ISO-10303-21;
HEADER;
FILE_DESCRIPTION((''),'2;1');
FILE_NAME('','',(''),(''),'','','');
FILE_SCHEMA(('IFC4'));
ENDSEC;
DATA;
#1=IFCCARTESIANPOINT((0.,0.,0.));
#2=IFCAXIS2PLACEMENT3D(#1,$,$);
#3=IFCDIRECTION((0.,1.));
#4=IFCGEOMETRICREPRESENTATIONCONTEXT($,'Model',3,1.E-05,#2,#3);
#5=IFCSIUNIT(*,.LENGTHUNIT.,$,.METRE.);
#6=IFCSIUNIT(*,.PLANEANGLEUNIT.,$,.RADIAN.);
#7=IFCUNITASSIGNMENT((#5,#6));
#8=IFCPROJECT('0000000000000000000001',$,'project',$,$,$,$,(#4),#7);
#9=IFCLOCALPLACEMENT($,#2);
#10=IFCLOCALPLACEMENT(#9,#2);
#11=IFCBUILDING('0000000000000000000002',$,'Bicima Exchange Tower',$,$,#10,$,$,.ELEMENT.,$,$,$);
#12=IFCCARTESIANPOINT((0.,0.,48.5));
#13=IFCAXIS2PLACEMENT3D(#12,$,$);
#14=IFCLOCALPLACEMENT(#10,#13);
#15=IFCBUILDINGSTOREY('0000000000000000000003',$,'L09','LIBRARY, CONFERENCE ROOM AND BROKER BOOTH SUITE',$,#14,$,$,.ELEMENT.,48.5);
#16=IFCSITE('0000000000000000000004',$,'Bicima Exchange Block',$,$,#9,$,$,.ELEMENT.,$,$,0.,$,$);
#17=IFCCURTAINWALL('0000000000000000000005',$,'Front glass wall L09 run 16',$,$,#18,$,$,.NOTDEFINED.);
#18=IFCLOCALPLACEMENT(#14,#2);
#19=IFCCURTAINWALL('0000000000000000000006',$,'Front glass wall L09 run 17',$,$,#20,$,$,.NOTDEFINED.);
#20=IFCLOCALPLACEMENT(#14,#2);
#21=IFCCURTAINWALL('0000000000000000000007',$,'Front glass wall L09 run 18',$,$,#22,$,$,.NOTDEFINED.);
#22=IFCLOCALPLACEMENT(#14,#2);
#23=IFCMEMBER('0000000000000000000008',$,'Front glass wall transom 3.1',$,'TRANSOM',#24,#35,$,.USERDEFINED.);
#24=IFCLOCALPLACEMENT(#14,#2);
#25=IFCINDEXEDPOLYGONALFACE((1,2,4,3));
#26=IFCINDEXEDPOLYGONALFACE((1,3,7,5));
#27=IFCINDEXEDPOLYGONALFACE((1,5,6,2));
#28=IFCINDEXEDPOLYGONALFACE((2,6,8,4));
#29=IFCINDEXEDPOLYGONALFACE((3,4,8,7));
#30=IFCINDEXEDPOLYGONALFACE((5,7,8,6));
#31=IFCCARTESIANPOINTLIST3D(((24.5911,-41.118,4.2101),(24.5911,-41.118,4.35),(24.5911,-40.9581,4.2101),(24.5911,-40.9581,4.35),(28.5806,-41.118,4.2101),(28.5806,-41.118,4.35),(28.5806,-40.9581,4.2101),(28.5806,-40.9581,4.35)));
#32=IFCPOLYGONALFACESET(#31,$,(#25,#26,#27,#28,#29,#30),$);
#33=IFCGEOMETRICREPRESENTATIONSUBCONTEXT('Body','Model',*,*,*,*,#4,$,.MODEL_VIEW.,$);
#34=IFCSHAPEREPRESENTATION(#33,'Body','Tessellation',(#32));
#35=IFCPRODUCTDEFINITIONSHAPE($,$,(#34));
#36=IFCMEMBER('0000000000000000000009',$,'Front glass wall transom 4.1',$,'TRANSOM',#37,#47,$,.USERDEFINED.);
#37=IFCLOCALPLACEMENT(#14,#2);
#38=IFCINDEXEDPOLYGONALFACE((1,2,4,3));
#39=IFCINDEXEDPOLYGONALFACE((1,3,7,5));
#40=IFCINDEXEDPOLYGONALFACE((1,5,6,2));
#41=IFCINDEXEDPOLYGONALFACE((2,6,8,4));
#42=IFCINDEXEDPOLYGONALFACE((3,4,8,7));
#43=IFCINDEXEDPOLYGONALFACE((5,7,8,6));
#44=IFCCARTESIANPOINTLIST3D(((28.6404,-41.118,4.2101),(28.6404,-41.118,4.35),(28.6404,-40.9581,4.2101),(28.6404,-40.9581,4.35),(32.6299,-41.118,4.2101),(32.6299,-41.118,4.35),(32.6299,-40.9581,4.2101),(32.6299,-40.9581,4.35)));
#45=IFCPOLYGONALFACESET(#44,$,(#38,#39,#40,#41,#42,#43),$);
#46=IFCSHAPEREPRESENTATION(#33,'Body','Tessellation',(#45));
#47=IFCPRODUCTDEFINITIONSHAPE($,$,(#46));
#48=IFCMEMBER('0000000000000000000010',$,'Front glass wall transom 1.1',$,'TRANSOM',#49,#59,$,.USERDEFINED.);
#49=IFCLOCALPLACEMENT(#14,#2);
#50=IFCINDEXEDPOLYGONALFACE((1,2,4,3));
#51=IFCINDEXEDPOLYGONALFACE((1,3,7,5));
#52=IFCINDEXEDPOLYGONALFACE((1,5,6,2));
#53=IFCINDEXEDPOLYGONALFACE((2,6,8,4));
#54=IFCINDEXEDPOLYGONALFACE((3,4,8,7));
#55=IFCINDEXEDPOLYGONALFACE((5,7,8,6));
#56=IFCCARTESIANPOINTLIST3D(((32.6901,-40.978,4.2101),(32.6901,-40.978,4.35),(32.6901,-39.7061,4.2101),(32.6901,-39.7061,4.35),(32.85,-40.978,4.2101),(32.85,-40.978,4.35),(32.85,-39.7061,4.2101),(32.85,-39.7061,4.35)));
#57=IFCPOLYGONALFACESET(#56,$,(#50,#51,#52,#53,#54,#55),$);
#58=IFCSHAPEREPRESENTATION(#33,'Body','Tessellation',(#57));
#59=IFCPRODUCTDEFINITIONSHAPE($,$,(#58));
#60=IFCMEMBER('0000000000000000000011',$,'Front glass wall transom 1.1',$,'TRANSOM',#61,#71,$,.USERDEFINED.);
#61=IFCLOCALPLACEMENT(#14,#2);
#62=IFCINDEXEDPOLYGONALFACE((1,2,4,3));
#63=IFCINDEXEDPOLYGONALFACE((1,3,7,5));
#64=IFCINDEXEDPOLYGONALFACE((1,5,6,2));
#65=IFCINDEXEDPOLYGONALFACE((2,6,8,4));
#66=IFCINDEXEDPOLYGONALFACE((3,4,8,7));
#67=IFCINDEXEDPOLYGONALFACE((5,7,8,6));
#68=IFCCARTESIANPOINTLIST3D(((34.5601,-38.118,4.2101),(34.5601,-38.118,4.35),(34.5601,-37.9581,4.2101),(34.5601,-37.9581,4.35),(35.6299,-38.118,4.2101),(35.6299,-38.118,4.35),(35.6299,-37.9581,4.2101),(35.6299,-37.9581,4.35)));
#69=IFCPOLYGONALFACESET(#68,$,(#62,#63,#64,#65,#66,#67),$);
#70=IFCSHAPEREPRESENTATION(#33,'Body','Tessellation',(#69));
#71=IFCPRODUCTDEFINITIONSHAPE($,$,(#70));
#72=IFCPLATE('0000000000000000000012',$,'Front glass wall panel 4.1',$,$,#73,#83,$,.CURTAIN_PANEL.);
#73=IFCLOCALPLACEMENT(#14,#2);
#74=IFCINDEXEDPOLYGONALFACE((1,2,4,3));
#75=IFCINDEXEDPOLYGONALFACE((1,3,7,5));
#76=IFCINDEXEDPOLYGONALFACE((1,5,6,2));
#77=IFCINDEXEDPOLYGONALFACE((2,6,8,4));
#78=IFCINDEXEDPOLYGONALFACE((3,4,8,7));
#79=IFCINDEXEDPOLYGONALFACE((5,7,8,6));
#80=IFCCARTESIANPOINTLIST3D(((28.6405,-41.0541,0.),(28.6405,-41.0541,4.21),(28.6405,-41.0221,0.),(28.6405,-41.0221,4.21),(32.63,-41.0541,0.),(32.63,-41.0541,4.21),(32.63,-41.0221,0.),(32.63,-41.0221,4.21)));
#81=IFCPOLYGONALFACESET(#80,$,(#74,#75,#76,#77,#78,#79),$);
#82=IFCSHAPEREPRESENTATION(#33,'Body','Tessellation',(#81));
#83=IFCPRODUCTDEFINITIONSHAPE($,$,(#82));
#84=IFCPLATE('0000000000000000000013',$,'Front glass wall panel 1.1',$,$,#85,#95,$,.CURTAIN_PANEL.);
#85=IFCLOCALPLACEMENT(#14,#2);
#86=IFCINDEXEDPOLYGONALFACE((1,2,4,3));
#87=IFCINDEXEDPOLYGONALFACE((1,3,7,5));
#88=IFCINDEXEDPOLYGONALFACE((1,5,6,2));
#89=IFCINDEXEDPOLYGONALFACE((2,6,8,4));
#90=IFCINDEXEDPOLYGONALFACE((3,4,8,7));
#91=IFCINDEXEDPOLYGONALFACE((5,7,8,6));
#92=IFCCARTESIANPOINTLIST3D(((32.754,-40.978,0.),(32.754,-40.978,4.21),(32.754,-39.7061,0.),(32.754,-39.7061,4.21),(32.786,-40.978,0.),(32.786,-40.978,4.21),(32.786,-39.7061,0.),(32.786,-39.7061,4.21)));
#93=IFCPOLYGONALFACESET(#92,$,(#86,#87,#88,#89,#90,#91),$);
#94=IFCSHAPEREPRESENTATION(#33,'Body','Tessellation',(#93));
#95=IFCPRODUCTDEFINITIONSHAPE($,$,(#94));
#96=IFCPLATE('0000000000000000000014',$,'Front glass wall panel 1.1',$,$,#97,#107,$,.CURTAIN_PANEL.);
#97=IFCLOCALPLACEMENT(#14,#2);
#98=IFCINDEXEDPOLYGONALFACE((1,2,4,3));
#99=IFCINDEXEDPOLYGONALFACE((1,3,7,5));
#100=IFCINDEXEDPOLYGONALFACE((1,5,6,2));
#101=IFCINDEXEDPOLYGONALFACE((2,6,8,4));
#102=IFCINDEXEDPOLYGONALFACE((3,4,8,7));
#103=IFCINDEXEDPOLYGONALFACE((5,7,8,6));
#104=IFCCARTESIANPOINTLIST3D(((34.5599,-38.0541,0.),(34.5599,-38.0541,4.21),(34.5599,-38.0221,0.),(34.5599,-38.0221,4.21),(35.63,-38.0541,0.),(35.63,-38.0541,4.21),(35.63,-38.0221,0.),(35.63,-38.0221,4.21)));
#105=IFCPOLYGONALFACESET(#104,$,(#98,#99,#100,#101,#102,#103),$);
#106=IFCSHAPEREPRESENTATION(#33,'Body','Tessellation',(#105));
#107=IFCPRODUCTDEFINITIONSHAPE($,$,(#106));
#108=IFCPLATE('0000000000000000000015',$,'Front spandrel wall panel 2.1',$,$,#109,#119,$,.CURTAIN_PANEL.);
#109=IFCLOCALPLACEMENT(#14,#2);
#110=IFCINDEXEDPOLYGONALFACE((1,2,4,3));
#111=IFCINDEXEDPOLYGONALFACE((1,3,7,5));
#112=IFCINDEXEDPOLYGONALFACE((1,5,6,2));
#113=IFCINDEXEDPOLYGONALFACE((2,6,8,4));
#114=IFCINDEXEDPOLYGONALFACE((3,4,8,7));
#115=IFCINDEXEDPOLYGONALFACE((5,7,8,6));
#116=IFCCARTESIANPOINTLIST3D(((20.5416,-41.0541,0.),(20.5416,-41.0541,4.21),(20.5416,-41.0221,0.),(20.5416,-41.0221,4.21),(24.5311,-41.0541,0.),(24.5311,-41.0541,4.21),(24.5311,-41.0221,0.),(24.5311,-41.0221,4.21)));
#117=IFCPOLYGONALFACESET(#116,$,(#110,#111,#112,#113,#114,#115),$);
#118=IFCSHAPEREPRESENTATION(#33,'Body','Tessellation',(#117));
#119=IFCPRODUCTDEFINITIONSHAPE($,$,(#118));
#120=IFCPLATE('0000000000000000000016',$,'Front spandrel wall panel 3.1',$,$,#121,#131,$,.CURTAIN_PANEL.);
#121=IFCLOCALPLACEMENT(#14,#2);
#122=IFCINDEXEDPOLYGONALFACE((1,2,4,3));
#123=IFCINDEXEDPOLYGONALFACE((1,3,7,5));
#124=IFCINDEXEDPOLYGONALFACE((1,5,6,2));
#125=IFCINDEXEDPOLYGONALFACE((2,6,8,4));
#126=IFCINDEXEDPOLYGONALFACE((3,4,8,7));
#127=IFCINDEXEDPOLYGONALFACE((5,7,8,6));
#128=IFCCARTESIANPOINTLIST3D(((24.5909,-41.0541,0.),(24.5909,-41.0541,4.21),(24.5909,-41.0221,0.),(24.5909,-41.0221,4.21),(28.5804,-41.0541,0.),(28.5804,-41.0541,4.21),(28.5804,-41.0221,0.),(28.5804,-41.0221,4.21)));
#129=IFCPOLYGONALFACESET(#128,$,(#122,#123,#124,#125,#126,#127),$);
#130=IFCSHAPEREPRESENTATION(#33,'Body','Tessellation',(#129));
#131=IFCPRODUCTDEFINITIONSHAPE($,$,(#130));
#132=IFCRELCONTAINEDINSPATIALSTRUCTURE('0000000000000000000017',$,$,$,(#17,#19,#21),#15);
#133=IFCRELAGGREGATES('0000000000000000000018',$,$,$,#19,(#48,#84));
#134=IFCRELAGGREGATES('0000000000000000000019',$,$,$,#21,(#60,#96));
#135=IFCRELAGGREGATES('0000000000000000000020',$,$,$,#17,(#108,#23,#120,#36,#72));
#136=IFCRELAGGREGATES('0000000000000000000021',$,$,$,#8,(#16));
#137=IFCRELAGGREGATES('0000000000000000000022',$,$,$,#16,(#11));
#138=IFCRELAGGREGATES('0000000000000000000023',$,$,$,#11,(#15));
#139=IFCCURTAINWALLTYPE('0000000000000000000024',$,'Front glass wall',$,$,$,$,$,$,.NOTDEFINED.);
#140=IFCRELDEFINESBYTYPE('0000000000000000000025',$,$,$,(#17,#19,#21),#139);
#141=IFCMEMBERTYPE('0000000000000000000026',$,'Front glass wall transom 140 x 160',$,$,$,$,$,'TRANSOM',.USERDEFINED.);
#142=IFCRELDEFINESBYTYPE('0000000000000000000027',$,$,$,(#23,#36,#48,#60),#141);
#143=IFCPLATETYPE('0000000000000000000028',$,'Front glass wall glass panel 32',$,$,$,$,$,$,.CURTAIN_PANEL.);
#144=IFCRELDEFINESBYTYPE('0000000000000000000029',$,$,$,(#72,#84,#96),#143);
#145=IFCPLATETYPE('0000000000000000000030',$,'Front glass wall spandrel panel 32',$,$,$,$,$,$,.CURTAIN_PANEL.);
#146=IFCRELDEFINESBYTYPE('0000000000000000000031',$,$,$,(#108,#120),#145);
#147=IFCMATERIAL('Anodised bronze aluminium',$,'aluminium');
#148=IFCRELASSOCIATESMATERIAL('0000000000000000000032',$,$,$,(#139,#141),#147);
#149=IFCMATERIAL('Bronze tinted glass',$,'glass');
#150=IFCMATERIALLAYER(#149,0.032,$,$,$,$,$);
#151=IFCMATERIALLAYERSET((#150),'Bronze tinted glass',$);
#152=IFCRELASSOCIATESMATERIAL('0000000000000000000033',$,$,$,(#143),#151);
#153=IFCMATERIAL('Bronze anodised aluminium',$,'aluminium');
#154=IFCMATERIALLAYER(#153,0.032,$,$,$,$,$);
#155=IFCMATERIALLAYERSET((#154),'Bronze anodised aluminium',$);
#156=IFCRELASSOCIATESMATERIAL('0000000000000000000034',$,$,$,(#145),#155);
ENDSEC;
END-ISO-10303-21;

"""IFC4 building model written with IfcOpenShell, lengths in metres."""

from ifc_helpers import new_model, si_unit, direction, frame, origin, origin_2d, place, context, subcontext, project, spatial, rectangle, extrude, material, layer, layer_set, material_profile, profile_set, type_object, element, aggregate, save


model = new_model("IFC4")

# Units and contexts
model_context = context("Model", 3, precision=1e-05, world=origin(), true_north=direction((0.0, 1.0)))
body_context = subcontext(model_context, "Body", "Model", "MODEL_VIEW")
ifc_project = project(units=[si_unit("LENGTHUNIT", "METRE"), si_unit("PLANEANGLEUNIT", "RADIAN")], contexts=[model_context])

# Site, building, storey
site_placement = place(None, origin())
site = spatial("IfcSite", under=ifc_project, at=site_placement, Name="Bicima Exchange Block", CompositionType="ELEMENT", RefElevation=0.0)
building_placement = place(site_placement, origin())
building = spatial("IfcBuilding", under=site, at=building_placement, Name="Bicima Exchange Tower", CompositionType="ELEMENT")
storey_placement = place(building_placement, frame((0.0, 0.0, 48.5)))
storey = spatial("IfcBuildingStorey", under=building, at=storey_placement, Name="L09", Description="LIBRARY, CONFERENCE ROOM AND BROKER BOOTH SUITE", CompositionType="ELEMENT", Elevation=48.5)

# Shared definitions
ifc_material_1 = material(Name="Anodised bronze aluminium", Category="aluminium")
ifc_material_profile_1 = material_profile(ifc_material_1, rectangle(XDim=0.1599, YDim=0.1399, at=origin_2d()))
ifc_profile_set_1 = profile_set([ifc_material_profile_1], Name="Anodised bronze aluminium")

# Curtain walls
curtain_wall_type_1 = type_object("IfcCurtainWallType", Name="Front glass wall", PredefinedType="NOTDEFINED", material=ifc_material_1)
curtain_wall_1_placement = place(storey_placement, origin())
curtain_wall_1 = element("IfcCurtainWall", 1, at=curtain_wall_1_placement, inside=storey, type_object=curtain_wall_type_1, Name="Front glass wall L09 run 16", PredefinedType="NOTDEFINED")
curtain_wall_2_placement = place(storey_placement, origin())
curtain_wall_2 = element("IfcCurtainWall", 2, at=curtain_wall_2_placement, inside=storey, type_object=curtain_wall_type_1, Name="Front glass wall L09 run 17", PredefinedType="NOTDEFINED")
curtain_wall_3_placement = place(storey_placement, origin())
curtain_wall_3 = element("IfcCurtainWall", 3, at=curtain_wall_3_placement, inside=storey, type_object=curtain_wall_type_1, Name="Front glass wall L09 run 18", PredefinedType="NOTDEFINED")

# Members
member_type_1 = type_object("IfcMemberType", Name="Front glass wall transom 140 x 160", ElementType="TRANSOM", PredefinedType="USERDEFINED", material=ifc_profile_set_1)
member_1_placement = place(storey_placement, frame((24.5911, -41.0381, 4.28), z_axis=(1.0, 0.0, 0.0), x_axis=(0.0, 1.0, 0.0)))
member_1 = element("IfcMember", 4, at=member_1_placement, type_object=member_type_1, Name="Front glass wall transom 3.1", ObjectType="TRANSOM", PredefinedType="USERDEFINED", context=body_context, shape_type="SweptSolid", body=[
    extrude(rectangle(XDim=0.1599, YDim=0.1399, at=origin_2d()), origin(), (0.0, 0.0, 1.0), 3.9895),
])
member_2_placement = place(storey_placement, frame((28.6404, -41.0381, 4.28), z_axis=(1.0, 0.0, 0.0), x_axis=(0.0, 1.0, 0.0)))
member_2 = element("IfcMember", 5, at=member_2_placement, type_object=member_type_1, Name="Front glass wall transom 4.1", ObjectType="TRANSOM", PredefinedType="USERDEFINED", context=body_context, shape_type="SweptSolid", body=[
    extrude(rectangle(XDim=0.1599, YDim=0.1399, at=origin_2d()), origin(), (0.0, 0.0, 1.0), 3.9895),
])
member_3_placement = place(storey_placement, frame((32.77, -40.978, 4.28), z_axis=(0.0, 1.0, 0.0), x_axis=(-1.0, 0.0, 0.0)))
member_3 = element("IfcMember", 6, at=member_3_placement, type_object=member_type_1, Name="Front glass wall transom 1.1", ObjectType="TRANSOM", PredefinedType="USERDEFINED", context=body_context, shape_type="SweptSolid", body=[
    extrude(rectangle(XDim=0.1599, YDim=0.1399, at=origin_2d()), origin(), (0.0, 0.0, 1.0), 1.272),
])
member_4_placement = place(storey_placement, frame((34.5601, -38.0381, 4.28), z_axis=(1.0, 0.0, 0.0), x_axis=(0.0, 1.0, 0.0)))
member_4 = element("IfcMember", 7, at=member_4_placement, type_object=member_type_1, Name="Front glass wall transom 1.1", ObjectType="TRANSOM", PredefinedType="USERDEFINED", context=body_context, shape_type="SweptSolid", body=[
    extrude(rectangle(XDim=0.1599, YDim=0.1399, at=origin_2d()), origin(), (0.0, 0.0, 1.0), 1.0698),
])

# Plates
ifc_material_2 = material(Name="Bronze tinted glass", Category="glass")
ifc_layer_1 = layer(ifc_material_2, 0.032)
ifc_layer_set_1 = layer_set([ifc_layer_1], Name="Bronze tinted glass")
plate_type_1 = type_object("IfcPlateType", Name="Front glass wall glass panel 32", PredefinedType="CURTAIN_PANEL", material=ifc_layer_set_1)
plate_1_placement = place(storey_placement, frame((30.6353, -41.0381, 0.0), z_axis=(0.0, 0.0, 1.0), x_axis=(1.0, 0.0, 0.0)))
plate_1 = element("IfcPlate", 8, at=plate_1_placement, type_object=plate_type_1, Name="Front glass wall panel 4.1", PredefinedType="CURTAIN_PANEL", context=body_context, shape_type="SweptSolid", body=[
    extrude(rectangle(XDim=3.9895, YDim=0.032, at=origin_2d()), origin(), (0.0, 0.0, 1.0), 4.21),
])
plate_2_placement = place(storey_placement, frame((32.77, -40.342, 0.0), z_axis=(0.0, 0.0, 1.0), x_axis=(0.0, 1.0, 0.0)))
plate_2 = element("IfcPlate", 9, at=plate_2_placement, type_object=plate_type_1, Name="Front glass wall panel 1.1", PredefinedType="CURTAIN_PANEL", context=body_context, shape_type="SweptSolid", body=[
    extrude(rectangle(XDim=1.272, YDim=0.032, at=origin_2d()), origin(), (0.0, 0.0, 1.0), 4.21),
])
aggregate(curtain_wall_2, [member_3, plate_2])
plate_3_placement = place(storey_placement, frame((35.095, -38.0381, 0.0), z_axis=(0.0, 0.0, 1.0), x_axis=(1.0, 0.0, 0.0)))
plate_3 = element("IfcPlate", 10, at=plate_3_placement, type_object=plate_type_1, Name="Front glass wall panel 1.1", PredefinedType="CURTAIN_PANEL", context=body_context, shape_type="SweptSolid", body=[
    extrude(rectangle(XDim=1.0701, YDim=0.032, at=origin_2d()), origin(), (0.0, 0.0, 1.0), 4.21),
])
aggregate(curtain_wall_3, [member_4, plate_3])
ifc_material_3 = material(Name="Bronze anodised aluminium", Category="aluminium")
ifc_layer_2 = layer(ifc_material_3, 0.032)
ifc_layer_set_2 = layer_set([ifc_layer_2], Name="Bronze anodised aluminium")
plate_type_2 = type_object("IfcPlateType", Name="Front glass wall spandrel panel 32", PredefinedType="CURTAIN_PANEL", material=ifc_layer_set_2)
plate_4_placement = place(storey_placement, frame((22.5364, -41.0381, 0.0), z_axis=(0.0, 0.0, 1.0), x_axis=(1.0, 0.0, 0.0)))
plate_4 = element("IfcPlate", 11, at=plate_4_placement, type_object=plate_type_2, Name="Front spandrel wall panel 2.1", PredefinedType="CURTAIN_PANEL", context=body_context, shape_type="SweptSolid", body=[
    extrude(rectangle(XDim=3.9895, YDim=0.032, at=origin_2d()), origin(), (0.0, 0.0, 1.0), 4.21),
])
plate_5_placement = place(storey_placement, frame((26.5857, -41.0381, 0.0), z_axis=(0.0, 0.0, 1.0), x_axis=(1.0, 0.0, 0.0)))
plate_5 = element("IfcPlate", 12, at=plate_5_placement, type_object=plate_type_2, Name="Front spandrel wall panel 3.1", PredefinedType="CURTAIN_PANEL", context=body_context, shape_type="SweptSolid", body=[
    extrude(rectangle(XDim=3.9895, YDim=0.032, at=origin_2d()), origin(), (0.0, 0.0, 1.0), 4.21),
])
aggregate(curtain_wall_1, [plate_4, member_1, plate_5, member_2, plate_1])

save(model, "model.ifc")
